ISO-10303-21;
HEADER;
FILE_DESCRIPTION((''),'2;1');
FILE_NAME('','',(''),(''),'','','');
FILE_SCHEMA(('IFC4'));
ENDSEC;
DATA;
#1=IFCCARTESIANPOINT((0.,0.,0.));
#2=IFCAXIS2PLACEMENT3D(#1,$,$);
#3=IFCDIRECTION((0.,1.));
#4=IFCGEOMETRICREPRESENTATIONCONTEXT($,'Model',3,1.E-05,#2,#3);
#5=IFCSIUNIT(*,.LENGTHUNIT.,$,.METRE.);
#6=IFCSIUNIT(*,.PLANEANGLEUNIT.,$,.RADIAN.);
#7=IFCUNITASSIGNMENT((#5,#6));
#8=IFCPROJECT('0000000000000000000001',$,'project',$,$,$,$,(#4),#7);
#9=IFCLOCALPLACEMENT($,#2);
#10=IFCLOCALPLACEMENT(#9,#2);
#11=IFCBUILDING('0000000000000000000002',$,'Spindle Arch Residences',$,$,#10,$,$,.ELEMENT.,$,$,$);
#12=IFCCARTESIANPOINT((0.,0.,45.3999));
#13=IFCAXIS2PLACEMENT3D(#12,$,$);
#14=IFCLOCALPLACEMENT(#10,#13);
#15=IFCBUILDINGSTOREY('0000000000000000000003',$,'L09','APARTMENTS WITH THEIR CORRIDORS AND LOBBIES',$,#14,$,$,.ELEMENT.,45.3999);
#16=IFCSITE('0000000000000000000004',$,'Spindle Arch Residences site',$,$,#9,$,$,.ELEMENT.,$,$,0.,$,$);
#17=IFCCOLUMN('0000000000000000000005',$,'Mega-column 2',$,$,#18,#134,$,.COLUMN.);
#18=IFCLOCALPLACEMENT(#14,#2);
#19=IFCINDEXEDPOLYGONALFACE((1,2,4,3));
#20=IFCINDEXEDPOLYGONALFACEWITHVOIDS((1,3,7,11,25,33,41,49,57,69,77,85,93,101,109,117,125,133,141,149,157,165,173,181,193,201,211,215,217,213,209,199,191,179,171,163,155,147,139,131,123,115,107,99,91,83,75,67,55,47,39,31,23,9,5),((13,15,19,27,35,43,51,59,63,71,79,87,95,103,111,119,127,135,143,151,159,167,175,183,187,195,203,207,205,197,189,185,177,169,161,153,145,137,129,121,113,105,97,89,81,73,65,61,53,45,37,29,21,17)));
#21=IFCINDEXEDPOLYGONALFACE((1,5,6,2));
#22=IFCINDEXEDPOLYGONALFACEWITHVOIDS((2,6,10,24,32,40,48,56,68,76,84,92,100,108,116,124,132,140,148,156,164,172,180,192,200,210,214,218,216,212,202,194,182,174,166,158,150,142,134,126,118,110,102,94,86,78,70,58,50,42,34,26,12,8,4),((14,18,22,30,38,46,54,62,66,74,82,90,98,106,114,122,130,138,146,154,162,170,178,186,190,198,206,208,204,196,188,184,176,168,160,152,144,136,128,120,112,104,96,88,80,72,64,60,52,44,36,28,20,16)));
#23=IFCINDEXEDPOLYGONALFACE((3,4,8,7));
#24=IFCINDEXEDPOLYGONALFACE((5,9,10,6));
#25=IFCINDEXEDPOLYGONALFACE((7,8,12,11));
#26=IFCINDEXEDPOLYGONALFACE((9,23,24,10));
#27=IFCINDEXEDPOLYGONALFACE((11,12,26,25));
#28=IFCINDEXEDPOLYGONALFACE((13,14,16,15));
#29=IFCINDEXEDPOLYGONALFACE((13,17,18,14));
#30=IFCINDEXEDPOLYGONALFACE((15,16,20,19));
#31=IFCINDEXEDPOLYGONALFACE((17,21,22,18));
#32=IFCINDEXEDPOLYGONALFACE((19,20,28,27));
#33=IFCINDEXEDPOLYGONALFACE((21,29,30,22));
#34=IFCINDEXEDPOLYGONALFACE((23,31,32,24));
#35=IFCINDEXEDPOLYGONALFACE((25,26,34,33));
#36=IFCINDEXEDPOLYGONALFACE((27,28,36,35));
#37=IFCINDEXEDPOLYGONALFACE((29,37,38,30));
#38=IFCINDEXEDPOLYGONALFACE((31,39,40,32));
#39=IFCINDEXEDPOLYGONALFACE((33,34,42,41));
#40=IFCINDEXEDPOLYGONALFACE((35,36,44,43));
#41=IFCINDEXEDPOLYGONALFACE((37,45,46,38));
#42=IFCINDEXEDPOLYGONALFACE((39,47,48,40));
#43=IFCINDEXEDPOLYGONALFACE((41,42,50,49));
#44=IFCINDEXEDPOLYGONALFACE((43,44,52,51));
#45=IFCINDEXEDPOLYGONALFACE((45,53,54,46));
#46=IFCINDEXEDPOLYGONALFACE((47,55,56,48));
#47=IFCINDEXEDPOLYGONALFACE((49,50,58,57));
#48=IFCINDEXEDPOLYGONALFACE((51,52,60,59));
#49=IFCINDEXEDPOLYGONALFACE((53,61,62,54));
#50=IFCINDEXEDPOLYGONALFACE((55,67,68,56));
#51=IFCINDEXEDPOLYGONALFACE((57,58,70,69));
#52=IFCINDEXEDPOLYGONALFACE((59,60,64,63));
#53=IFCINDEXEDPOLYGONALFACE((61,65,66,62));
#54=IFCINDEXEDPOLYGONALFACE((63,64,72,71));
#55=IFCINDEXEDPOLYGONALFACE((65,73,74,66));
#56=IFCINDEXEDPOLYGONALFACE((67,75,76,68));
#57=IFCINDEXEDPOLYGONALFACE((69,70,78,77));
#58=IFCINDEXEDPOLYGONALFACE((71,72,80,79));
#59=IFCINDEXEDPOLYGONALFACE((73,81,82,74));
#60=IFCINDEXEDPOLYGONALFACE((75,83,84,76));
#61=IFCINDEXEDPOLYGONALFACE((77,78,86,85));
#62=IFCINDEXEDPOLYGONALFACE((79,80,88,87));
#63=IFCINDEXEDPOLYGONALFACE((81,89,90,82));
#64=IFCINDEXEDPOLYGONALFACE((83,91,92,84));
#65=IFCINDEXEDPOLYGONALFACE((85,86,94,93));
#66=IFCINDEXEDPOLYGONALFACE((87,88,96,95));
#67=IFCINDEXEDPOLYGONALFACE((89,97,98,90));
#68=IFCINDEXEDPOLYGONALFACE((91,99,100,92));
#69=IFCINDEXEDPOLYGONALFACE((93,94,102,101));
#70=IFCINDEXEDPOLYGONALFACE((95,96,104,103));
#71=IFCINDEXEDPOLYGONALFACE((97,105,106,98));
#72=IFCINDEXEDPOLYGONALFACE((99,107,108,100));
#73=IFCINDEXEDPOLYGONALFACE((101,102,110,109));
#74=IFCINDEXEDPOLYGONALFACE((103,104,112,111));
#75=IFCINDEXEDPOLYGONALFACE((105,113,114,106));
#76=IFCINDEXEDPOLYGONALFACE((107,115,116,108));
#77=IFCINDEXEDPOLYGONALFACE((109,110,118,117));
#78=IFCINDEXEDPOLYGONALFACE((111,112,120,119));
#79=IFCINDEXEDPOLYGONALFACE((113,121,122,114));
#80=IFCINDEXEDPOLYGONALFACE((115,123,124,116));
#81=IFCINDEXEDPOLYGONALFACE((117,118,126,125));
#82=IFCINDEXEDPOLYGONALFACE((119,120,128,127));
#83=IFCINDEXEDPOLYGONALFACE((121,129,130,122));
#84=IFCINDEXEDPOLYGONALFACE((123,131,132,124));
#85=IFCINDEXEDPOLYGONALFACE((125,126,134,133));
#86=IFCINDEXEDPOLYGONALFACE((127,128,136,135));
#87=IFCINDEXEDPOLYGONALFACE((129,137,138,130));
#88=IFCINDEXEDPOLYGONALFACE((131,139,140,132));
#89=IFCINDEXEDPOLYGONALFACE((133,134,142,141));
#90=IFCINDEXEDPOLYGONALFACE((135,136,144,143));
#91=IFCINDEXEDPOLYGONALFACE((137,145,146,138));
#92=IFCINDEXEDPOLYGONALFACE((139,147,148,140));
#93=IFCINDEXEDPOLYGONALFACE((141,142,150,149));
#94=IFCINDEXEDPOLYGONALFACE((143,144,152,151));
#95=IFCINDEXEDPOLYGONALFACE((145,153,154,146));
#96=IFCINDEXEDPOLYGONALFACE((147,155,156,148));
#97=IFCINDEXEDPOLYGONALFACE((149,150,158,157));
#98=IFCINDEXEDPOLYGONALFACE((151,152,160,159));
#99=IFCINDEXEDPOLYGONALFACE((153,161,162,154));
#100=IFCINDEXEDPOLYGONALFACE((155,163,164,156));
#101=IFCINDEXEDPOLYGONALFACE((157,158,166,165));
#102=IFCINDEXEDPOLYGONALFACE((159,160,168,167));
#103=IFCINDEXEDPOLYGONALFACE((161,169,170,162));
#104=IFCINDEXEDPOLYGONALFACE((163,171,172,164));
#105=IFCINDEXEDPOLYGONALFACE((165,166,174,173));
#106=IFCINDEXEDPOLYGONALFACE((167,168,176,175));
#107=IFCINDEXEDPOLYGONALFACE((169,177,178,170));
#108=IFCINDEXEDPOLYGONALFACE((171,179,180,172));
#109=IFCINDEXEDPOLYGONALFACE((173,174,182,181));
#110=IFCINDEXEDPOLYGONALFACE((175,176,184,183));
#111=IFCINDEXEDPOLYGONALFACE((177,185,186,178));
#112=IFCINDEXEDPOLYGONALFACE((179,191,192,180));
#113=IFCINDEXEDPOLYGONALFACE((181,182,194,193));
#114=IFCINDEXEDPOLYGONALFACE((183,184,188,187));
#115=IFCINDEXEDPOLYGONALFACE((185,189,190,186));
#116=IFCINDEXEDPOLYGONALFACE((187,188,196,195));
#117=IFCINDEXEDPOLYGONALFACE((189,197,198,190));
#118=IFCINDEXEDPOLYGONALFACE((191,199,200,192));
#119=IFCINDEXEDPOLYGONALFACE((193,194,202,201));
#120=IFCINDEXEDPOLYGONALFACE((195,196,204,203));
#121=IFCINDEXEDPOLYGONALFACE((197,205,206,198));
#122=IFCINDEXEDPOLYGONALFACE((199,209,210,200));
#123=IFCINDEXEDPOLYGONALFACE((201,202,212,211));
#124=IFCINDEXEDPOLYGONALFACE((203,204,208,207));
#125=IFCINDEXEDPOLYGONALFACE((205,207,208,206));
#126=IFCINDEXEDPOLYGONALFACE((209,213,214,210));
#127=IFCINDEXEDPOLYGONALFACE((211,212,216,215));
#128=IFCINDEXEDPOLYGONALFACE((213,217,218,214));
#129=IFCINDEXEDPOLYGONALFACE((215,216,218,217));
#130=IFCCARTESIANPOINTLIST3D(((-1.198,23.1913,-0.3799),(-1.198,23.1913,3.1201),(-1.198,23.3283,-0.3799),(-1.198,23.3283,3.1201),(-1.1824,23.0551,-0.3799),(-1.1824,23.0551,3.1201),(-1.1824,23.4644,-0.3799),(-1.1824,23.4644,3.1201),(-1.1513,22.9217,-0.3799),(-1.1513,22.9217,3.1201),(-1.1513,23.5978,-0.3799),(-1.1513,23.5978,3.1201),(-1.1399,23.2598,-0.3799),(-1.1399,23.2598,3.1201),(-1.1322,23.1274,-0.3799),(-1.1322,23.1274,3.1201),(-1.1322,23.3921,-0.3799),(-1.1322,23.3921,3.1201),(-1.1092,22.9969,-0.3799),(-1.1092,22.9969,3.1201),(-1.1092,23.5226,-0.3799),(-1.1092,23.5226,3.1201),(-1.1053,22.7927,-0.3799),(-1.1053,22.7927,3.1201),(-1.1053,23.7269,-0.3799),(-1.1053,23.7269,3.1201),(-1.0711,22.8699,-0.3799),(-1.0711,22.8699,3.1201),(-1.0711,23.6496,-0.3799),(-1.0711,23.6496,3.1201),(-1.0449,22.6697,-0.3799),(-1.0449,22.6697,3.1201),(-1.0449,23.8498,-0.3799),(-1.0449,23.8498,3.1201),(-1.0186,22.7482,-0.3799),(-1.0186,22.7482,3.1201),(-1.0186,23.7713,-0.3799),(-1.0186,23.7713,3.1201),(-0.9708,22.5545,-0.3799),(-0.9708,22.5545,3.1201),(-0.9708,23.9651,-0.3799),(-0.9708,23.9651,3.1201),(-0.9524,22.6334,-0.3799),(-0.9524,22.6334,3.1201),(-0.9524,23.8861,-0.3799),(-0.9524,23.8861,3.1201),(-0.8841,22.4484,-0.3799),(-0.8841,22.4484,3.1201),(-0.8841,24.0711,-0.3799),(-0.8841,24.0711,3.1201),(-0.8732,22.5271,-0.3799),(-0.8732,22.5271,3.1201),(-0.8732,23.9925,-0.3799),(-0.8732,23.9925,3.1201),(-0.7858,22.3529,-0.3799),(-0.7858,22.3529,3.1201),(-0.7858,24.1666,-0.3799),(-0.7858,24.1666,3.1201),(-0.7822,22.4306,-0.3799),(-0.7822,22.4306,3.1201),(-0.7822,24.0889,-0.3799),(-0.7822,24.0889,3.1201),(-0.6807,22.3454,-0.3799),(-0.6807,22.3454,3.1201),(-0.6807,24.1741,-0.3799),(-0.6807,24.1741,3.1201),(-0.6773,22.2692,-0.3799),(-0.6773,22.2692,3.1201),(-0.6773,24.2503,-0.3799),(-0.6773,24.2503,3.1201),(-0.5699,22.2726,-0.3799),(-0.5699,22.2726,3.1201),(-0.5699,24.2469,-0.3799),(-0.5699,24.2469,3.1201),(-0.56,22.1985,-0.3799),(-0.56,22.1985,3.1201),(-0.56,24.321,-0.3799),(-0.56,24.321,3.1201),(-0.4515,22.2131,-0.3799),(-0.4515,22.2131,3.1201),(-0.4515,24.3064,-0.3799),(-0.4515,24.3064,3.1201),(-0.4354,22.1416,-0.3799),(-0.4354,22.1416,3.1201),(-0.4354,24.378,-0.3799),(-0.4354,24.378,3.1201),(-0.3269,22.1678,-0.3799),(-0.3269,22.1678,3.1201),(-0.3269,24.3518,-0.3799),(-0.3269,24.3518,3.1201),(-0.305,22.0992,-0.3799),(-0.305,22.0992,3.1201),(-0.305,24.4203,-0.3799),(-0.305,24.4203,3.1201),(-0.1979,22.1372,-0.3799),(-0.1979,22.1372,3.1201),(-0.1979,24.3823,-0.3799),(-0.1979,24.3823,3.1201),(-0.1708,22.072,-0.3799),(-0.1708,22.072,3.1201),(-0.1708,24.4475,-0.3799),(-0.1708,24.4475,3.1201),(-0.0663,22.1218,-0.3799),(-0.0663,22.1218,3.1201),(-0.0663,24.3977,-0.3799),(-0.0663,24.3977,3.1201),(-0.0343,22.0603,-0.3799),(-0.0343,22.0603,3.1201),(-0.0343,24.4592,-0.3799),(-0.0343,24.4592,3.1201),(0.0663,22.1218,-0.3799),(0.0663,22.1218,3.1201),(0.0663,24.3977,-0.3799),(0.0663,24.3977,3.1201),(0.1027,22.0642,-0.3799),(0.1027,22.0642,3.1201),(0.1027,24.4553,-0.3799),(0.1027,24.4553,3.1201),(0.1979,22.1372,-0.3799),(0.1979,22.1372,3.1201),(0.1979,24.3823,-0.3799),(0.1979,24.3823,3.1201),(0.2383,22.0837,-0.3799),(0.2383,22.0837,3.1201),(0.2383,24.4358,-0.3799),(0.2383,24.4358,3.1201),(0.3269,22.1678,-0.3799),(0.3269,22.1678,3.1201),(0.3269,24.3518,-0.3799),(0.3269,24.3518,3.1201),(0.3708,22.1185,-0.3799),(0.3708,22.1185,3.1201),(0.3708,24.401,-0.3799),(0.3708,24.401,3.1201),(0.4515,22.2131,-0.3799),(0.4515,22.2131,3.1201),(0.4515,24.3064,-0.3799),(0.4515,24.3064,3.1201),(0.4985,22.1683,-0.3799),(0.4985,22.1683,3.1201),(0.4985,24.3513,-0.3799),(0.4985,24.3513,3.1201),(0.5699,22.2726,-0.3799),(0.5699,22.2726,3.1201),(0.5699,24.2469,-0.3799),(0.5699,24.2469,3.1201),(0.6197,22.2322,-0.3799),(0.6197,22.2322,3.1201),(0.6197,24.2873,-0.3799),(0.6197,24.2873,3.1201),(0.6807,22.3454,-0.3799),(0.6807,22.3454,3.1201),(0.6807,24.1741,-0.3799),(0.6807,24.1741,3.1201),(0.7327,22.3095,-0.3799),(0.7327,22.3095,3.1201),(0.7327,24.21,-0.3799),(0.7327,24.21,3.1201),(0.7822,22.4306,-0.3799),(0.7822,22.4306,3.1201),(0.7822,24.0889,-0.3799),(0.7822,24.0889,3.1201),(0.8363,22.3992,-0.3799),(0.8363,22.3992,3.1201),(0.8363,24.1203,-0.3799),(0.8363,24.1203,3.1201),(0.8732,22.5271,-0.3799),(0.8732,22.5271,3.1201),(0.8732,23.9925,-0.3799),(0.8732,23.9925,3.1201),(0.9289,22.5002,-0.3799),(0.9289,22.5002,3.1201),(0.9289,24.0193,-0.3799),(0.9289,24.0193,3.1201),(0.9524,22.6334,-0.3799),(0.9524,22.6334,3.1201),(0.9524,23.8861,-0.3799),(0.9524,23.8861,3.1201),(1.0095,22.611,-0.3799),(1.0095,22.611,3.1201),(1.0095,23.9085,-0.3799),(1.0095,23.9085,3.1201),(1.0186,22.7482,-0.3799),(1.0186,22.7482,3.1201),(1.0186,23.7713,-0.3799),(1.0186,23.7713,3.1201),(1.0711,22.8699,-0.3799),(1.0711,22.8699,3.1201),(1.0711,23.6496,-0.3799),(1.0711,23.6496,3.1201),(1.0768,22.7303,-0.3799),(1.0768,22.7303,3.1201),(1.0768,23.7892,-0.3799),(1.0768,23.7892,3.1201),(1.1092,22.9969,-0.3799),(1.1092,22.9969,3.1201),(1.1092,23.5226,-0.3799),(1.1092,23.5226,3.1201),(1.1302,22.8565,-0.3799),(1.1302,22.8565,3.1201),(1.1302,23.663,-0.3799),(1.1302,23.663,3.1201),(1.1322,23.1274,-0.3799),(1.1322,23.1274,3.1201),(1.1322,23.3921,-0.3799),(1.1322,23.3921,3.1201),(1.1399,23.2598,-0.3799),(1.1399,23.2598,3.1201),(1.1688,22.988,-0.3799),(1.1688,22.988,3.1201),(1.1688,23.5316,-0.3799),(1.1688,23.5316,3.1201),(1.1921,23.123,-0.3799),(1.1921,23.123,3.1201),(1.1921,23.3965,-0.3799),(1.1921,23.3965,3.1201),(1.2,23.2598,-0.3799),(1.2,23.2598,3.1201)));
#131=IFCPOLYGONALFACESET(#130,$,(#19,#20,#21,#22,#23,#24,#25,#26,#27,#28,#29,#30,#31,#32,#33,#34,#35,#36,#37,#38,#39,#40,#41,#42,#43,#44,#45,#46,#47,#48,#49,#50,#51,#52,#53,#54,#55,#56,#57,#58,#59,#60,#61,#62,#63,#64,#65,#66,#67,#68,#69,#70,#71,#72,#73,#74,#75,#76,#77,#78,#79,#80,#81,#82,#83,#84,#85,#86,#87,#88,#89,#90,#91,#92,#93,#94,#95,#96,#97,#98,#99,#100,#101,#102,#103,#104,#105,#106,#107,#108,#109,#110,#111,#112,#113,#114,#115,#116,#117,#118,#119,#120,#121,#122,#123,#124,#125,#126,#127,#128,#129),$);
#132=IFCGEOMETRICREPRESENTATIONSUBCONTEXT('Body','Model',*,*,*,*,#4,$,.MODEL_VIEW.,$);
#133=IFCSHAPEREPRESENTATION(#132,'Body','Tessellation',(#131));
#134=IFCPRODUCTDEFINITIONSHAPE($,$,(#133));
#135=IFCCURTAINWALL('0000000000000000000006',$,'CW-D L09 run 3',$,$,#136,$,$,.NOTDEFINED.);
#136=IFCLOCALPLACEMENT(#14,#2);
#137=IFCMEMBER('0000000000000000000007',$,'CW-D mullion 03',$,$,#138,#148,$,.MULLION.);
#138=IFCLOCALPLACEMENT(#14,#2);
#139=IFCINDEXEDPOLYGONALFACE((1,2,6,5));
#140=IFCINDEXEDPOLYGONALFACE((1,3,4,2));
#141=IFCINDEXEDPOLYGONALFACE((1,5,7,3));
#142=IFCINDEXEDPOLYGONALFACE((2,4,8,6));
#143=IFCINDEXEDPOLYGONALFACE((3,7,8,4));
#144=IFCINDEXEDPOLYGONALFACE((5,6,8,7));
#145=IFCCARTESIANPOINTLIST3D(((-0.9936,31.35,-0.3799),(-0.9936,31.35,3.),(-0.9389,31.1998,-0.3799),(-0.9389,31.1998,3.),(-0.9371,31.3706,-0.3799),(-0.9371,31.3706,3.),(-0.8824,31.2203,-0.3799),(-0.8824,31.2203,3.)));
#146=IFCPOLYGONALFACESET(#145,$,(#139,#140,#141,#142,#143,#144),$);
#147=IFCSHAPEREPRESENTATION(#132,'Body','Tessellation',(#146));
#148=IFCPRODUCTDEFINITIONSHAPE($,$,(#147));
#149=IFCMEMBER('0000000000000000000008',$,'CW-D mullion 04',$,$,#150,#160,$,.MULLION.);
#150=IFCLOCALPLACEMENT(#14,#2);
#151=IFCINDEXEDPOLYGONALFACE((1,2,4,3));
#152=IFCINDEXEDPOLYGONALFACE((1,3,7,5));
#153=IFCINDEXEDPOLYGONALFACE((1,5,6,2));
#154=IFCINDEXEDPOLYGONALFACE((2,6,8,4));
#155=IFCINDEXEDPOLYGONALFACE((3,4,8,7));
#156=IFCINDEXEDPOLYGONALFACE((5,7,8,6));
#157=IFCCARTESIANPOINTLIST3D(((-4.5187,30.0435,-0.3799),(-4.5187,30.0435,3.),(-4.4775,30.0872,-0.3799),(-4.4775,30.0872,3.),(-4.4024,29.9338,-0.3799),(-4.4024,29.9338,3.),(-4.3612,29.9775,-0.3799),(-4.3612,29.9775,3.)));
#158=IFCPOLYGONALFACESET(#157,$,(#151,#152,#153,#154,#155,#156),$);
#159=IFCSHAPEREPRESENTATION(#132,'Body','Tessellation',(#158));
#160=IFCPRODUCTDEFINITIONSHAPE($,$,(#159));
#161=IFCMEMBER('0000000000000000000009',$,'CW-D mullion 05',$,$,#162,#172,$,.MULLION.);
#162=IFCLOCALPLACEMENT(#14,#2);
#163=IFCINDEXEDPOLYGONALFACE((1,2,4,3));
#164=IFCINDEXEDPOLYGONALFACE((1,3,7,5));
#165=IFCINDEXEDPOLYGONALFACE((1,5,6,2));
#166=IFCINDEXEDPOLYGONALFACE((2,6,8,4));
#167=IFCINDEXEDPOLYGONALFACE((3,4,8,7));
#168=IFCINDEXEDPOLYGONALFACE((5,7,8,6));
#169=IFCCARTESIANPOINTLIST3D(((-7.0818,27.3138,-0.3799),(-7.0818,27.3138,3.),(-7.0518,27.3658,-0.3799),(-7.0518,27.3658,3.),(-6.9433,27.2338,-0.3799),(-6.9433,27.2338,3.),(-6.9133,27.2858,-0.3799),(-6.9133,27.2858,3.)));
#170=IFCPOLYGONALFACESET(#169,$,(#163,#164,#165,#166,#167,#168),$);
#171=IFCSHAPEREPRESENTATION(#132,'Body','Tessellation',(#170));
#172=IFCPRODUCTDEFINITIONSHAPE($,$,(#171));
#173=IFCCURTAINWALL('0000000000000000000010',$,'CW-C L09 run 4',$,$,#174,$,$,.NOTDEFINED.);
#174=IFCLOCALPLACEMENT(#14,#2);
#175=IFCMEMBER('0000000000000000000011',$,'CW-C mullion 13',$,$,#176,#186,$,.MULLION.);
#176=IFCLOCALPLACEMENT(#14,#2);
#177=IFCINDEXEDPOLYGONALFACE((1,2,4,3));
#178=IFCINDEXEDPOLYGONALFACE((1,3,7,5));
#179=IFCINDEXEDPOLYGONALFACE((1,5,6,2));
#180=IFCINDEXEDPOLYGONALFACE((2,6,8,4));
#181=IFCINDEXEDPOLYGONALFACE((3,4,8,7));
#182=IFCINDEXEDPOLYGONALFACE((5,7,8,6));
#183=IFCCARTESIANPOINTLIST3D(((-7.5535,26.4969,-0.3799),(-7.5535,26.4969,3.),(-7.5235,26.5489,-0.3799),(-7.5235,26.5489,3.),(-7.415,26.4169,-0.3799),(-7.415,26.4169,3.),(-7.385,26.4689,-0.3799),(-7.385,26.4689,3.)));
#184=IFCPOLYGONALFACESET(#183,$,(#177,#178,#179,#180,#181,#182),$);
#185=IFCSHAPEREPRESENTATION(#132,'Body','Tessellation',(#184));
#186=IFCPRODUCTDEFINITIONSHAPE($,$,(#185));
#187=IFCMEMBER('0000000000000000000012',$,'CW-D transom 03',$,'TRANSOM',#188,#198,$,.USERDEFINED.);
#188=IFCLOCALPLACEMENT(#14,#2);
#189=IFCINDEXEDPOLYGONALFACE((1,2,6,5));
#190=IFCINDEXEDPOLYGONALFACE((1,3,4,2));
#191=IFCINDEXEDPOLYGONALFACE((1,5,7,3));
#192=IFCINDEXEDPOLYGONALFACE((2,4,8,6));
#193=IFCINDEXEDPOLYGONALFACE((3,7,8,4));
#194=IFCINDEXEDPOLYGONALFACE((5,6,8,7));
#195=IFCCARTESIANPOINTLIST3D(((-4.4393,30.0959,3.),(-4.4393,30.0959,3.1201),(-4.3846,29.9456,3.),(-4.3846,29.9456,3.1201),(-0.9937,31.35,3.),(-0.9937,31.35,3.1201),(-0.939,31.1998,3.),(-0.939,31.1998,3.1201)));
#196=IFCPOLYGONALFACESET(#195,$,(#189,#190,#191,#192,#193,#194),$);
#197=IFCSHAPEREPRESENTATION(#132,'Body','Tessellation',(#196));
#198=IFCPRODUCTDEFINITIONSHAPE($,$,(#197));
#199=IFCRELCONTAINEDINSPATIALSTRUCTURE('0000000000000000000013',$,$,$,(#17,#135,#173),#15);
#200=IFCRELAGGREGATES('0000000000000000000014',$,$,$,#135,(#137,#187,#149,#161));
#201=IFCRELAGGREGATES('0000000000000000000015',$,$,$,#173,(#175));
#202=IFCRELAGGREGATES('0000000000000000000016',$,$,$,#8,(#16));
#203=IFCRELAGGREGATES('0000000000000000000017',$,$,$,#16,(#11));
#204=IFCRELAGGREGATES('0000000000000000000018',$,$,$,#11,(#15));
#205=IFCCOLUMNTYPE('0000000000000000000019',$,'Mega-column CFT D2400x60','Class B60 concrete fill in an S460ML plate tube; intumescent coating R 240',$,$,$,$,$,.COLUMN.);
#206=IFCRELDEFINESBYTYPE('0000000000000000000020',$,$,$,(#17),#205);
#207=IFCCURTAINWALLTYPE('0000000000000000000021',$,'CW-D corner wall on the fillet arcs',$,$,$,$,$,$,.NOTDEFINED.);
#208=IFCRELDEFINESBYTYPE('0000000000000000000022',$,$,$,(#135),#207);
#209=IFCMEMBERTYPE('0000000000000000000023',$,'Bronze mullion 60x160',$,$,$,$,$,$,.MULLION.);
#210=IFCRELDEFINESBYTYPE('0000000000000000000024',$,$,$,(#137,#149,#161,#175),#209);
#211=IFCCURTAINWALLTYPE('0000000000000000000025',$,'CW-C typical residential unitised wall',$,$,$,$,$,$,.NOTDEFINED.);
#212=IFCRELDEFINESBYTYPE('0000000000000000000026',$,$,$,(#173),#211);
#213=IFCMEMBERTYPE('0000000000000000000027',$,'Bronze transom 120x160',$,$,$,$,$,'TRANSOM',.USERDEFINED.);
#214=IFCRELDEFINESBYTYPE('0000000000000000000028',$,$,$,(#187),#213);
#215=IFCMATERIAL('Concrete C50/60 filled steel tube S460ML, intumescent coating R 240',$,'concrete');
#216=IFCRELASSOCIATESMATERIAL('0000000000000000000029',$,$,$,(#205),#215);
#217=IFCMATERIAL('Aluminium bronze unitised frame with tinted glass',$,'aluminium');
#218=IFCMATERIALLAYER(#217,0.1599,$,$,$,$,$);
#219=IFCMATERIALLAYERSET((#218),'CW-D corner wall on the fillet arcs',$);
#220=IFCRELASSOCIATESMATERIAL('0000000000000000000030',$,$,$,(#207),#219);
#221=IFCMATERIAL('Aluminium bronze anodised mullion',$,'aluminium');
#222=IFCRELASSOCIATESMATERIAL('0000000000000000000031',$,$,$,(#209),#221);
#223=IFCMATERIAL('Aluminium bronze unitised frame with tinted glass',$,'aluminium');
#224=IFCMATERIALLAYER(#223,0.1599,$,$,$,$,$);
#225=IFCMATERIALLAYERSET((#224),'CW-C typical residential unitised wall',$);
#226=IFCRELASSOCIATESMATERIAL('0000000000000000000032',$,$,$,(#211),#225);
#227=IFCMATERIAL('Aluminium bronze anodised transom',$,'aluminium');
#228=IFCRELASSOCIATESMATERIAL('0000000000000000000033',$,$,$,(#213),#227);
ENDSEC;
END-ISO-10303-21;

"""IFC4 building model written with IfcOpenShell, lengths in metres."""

from ifc_helpers import new_model, si_unit, direction, frame, origin, origin_2d, place, context, subcontext, project, spatial, rectangle, hollow_circle, extrude, material, layer, layer_set, material_profile, profile_set, type_object, element, aggregate, save


model = new_model("IFC4")

# Units and contexts
model_context = context("Model", 3, precision=1e-05, world=origin(), true_north=direction((0.0, 1.0)))
body_context = subcontext(model_context, "Body", "Model", "MODEL_VIEW")
ifc_project = project(units=[si_unit("LENGTHUNIT", "METRE"), si_unit("PLANEANGLEUNIT", "RADIAN")], contexts=[model_context])

# Site, building, storey
site_placement = place(None, origin())
site = spatial("IfcSite", under=ifc_project, at=site_placement, Name="Spindle Arch Residences site", CompositionType="ELEMENT", RefElevation=0.0)
building_placement = place(site_placement, origin())
building = spatial("IfcBuilding", under=site, at=building_placement, Name="Spindle Arch Residences", CompositionType="ELEMENT")
storey_placement = place(building_placement, frame((0.0, 0.0, 45.3999)))
storey = spatial("IfcBuildingStorey", under=building, at=storey_placement, Name="L09", Description="APARTMENTS WITH THEIR CORRIDORS AND LOBBIES", CompositionType="ELEMENT", Elevation=45.3999)

# Column
ifc_material_1 = material(Name="Concrete C50/60 filled steel tube S460ML, intumescent coating R 240", Category="concrete")
ifc_material_profile_1 = material_profile(ifc_material_1, hollow_circle(Radius=1.2, WallThickness=0.0601, at=origin_2d()), Name="CFT D2400x60")
ifc_profile_set_1 = profile_set([ifc_material_profile_1], Name="Concrete C50/60 filled steel tube S460ML, intumescent coating R 240")
column_type_1 = type_object("IfcColumnType", Name="Mega-column CFT D2400x60", Description="Class B60 concrete fill in an S460ML plate tube; intumescent coating R 240", PredefinedType="COLUMN", material=ifc_profile_set_1)
column_placement = place(storey_placement, frame((0.0, 23.2598, -0.3799), z_axis=(0.0, 0.0, 1.0), x_axis=(1.0, 0.0, 0.0)))
element("IfcColumn", 1, at=column_placement, inside=storey, type_object=column_type_1, Name="Mega-column 2", PredefinedType="COLUMN", context=body_context, shape_type="SweptSolid", body=[
    extrude(hollow_circle(Radius=1.2, WallThickness=0.0601, at=origin_2d()), origin(), (0.0, 0.0, 1.0), 3.5),
])

# Curtain wall, members
ifc_material_2 = material(Name="Aluminium bronze unitised frame with tinted glass", Category="aluminium")
ifc_layer_1 = layer(ifc_material_2, 0.1599)
ifc_layer_set_1 = layer_set([ifc_layer_1], Name="CW-D corner wall on the fillet arcs")
curtain_wall_type_1 = type_object("IfcCurtainWallType", Name="CW-D corner wall on the fillet arcs", PredefinedType="NOTDEFINED", material=ifc_layer_set_1)
curtain_wall_1_placement = place(storey_placement, origin())
curtain_wall_1 = element("IfcCurtainWall", 2, at=curtain_wall_1_placement, inside=storey, type_object=curtain_wall_type_1, Name="CW-D L09 run 3", PredefinedType="NOTDEFINED")
ifc_material_3 = material(Name="Aluminium bronze anodised mullion", Category="aluminium")
ifc_material_profile_2 = material_profile(ifc_material_3, rectangle(XDim=0.1599, YDim=0.0601, at=origin_2d()), Name="MU 60x160")
ifc_profile_set_2 = profile_set([ifc_material_profile_2], Name="Aluminium bronze anodised mullion")
member_type_1 = type_object("IfcMemberType", Name="Bronze mullion 60x160", PredefinedType="MULLION", material=ifc_profile_set_2)
member_1_placement = place(storey_placement, frame((-0.938, 31.2852, -0.3799), z_axis=(0.0, 0.0, 1.0), x_axis=(0.34202, -0.939693, 0.0)))
member_1 = element("IfcMember", 3, at=member_1_placement, type_object=member_type_1, Name="CW-D mullion 03", PredefinedType="MULLION", context=body_context, shape_type="SweptSolid", body=[
    extrude(rectangle(XDim=0.1599, YDim=0.0601, at=origin_2d()), origin(), (0.0, 0.0, 1.0), 3.3799),
])
member_2_placement = place(storey_placement, frame((-4.4399, 30.0105, -0.3799), z_axis=(0.0, 0.0, 1.0), x_axis=(0.727374, -0.686242, 0.0)))
member_2 = element("IfcMember", 4, at=member_2_placement, type_object=member_type_1, Name="CW-D mullion 04", PredefinedType="MULLION", context=body_context, shape_type="SweptSolid", body=[
    extrude(rectangle(XDim=0.1599, YDim=0.0601, at=origin_2d()), origin(), (0.0, 0.0, 1.0), 3.3799),
])
member_3_placement = place(storey_placement, frame((-6.9976, 27.2998, -0.3799), z_axis=(0.0, 0.0, 1.0), x_axis=(0.866025, -0.5, 0.0)))
member_3 = element("IfcMember", 5, at=member_3_placement, type_object=member_type_1, Name="CW-D mullion 05", PredefinedType="MULLION", context=body_context, shape_type="SweptSolid", body=[
    extrude(rectangle(XDim=0.1599, YDim=0.0601, at=origin_2d()), origin(), (0.0, 0.0, 1.0), 3.3799),
])

# Curtain wall, member
ifc_material_4 = material(Name="Aluminium bronze unitised frame with tinted glass", Category="aluminium")
ifc_layer_2 = layer(ifc_material_4, 0.1599)
ifc_layer_set_2 = layer_set([ifc_layer_2], Name="CW-C typical residential unitised wall")
curtain_wall_type_2 = type_object("IfcCurtainWallType", Name="CW-C typical residential unitised wall", PredefinedType="NOTDEFINED", material=ifc_layer_set_2)
curtain_wall_2_placement = place(storey_placement, origin())
curtain_wall_2 = element("IfcCurtainWall", 6, at=curtain_wall_2_placement, inside=storey, type_object=curtain_wall_type_2, Name="CW-C L09 run 4", PredefinedType="NOTDEFINED")
member_4_placement = place(storey_placement, frame((-7.4692, 26.4829, -0.3799), z_axis=(0.0, 0.0, 1.0), x_axis=(0.866025, -0.5, 0.0)))
member_4 = element("IfcMember", 7, at=member_4_placement, type_object=member_type_1, Name="CW-C mullion 13", PredefinedType="MULLION", context=body_context, shape_type="SweptSolid", body=[
    extrude(rectangle(XDim=0.1599, YDim=0.0601, at=origin_2d()), origin(), (0.0, 0.0, 1.0), 3.3799),
])

# Member
ifc_material_5 = material(Name="Aluminium bronze anodised transom", Category="aluminium")
ifc_material_profile_3 = material_profile(ifc_material_5, rectangle(XDim=0.1599, YDim=0.1201, at=origin_2d()), Name="TR 120x160")
ifc_profile_set_3 = profile_set([ifc_material_profile_3], Name="Aluminium bronze anodised transom")
member_type_2 = type_object("IfcMemberType", Name="Bronze transom 120x160", ElementType="TRANSOM", PredefinedType="USERDEFINED", material=ifc_profile_set_3)
member_5_placement = place(storey_placement, frame((-0.9663, 31.2749, 3.0601), z_axis=(-0.939686, -0.342037, 0.0), x_axis=(0.342037, -0.939686, 0.0)))
member_5 = element("IfcMember", 8, at=member_5_placement, type_object=member_type_2, Name="CW-D transom 03", ObjectType="TRANSOM", PredefinedType="USERDEFINED", context=body_context, shape_type="SweptSolid", body=[
    extrude(rectangle(XDim=0.1599, YDim=0.1201, at=origin_2d()), origin(), (0.0, 0.0, 1.0), 3.6667),
])

aggregate(curtain_wall_1, [member_1, member_5, member_2, member_3])
aggregate(curtain_wall_2, [member_4])

save(model, "model.ifc")
